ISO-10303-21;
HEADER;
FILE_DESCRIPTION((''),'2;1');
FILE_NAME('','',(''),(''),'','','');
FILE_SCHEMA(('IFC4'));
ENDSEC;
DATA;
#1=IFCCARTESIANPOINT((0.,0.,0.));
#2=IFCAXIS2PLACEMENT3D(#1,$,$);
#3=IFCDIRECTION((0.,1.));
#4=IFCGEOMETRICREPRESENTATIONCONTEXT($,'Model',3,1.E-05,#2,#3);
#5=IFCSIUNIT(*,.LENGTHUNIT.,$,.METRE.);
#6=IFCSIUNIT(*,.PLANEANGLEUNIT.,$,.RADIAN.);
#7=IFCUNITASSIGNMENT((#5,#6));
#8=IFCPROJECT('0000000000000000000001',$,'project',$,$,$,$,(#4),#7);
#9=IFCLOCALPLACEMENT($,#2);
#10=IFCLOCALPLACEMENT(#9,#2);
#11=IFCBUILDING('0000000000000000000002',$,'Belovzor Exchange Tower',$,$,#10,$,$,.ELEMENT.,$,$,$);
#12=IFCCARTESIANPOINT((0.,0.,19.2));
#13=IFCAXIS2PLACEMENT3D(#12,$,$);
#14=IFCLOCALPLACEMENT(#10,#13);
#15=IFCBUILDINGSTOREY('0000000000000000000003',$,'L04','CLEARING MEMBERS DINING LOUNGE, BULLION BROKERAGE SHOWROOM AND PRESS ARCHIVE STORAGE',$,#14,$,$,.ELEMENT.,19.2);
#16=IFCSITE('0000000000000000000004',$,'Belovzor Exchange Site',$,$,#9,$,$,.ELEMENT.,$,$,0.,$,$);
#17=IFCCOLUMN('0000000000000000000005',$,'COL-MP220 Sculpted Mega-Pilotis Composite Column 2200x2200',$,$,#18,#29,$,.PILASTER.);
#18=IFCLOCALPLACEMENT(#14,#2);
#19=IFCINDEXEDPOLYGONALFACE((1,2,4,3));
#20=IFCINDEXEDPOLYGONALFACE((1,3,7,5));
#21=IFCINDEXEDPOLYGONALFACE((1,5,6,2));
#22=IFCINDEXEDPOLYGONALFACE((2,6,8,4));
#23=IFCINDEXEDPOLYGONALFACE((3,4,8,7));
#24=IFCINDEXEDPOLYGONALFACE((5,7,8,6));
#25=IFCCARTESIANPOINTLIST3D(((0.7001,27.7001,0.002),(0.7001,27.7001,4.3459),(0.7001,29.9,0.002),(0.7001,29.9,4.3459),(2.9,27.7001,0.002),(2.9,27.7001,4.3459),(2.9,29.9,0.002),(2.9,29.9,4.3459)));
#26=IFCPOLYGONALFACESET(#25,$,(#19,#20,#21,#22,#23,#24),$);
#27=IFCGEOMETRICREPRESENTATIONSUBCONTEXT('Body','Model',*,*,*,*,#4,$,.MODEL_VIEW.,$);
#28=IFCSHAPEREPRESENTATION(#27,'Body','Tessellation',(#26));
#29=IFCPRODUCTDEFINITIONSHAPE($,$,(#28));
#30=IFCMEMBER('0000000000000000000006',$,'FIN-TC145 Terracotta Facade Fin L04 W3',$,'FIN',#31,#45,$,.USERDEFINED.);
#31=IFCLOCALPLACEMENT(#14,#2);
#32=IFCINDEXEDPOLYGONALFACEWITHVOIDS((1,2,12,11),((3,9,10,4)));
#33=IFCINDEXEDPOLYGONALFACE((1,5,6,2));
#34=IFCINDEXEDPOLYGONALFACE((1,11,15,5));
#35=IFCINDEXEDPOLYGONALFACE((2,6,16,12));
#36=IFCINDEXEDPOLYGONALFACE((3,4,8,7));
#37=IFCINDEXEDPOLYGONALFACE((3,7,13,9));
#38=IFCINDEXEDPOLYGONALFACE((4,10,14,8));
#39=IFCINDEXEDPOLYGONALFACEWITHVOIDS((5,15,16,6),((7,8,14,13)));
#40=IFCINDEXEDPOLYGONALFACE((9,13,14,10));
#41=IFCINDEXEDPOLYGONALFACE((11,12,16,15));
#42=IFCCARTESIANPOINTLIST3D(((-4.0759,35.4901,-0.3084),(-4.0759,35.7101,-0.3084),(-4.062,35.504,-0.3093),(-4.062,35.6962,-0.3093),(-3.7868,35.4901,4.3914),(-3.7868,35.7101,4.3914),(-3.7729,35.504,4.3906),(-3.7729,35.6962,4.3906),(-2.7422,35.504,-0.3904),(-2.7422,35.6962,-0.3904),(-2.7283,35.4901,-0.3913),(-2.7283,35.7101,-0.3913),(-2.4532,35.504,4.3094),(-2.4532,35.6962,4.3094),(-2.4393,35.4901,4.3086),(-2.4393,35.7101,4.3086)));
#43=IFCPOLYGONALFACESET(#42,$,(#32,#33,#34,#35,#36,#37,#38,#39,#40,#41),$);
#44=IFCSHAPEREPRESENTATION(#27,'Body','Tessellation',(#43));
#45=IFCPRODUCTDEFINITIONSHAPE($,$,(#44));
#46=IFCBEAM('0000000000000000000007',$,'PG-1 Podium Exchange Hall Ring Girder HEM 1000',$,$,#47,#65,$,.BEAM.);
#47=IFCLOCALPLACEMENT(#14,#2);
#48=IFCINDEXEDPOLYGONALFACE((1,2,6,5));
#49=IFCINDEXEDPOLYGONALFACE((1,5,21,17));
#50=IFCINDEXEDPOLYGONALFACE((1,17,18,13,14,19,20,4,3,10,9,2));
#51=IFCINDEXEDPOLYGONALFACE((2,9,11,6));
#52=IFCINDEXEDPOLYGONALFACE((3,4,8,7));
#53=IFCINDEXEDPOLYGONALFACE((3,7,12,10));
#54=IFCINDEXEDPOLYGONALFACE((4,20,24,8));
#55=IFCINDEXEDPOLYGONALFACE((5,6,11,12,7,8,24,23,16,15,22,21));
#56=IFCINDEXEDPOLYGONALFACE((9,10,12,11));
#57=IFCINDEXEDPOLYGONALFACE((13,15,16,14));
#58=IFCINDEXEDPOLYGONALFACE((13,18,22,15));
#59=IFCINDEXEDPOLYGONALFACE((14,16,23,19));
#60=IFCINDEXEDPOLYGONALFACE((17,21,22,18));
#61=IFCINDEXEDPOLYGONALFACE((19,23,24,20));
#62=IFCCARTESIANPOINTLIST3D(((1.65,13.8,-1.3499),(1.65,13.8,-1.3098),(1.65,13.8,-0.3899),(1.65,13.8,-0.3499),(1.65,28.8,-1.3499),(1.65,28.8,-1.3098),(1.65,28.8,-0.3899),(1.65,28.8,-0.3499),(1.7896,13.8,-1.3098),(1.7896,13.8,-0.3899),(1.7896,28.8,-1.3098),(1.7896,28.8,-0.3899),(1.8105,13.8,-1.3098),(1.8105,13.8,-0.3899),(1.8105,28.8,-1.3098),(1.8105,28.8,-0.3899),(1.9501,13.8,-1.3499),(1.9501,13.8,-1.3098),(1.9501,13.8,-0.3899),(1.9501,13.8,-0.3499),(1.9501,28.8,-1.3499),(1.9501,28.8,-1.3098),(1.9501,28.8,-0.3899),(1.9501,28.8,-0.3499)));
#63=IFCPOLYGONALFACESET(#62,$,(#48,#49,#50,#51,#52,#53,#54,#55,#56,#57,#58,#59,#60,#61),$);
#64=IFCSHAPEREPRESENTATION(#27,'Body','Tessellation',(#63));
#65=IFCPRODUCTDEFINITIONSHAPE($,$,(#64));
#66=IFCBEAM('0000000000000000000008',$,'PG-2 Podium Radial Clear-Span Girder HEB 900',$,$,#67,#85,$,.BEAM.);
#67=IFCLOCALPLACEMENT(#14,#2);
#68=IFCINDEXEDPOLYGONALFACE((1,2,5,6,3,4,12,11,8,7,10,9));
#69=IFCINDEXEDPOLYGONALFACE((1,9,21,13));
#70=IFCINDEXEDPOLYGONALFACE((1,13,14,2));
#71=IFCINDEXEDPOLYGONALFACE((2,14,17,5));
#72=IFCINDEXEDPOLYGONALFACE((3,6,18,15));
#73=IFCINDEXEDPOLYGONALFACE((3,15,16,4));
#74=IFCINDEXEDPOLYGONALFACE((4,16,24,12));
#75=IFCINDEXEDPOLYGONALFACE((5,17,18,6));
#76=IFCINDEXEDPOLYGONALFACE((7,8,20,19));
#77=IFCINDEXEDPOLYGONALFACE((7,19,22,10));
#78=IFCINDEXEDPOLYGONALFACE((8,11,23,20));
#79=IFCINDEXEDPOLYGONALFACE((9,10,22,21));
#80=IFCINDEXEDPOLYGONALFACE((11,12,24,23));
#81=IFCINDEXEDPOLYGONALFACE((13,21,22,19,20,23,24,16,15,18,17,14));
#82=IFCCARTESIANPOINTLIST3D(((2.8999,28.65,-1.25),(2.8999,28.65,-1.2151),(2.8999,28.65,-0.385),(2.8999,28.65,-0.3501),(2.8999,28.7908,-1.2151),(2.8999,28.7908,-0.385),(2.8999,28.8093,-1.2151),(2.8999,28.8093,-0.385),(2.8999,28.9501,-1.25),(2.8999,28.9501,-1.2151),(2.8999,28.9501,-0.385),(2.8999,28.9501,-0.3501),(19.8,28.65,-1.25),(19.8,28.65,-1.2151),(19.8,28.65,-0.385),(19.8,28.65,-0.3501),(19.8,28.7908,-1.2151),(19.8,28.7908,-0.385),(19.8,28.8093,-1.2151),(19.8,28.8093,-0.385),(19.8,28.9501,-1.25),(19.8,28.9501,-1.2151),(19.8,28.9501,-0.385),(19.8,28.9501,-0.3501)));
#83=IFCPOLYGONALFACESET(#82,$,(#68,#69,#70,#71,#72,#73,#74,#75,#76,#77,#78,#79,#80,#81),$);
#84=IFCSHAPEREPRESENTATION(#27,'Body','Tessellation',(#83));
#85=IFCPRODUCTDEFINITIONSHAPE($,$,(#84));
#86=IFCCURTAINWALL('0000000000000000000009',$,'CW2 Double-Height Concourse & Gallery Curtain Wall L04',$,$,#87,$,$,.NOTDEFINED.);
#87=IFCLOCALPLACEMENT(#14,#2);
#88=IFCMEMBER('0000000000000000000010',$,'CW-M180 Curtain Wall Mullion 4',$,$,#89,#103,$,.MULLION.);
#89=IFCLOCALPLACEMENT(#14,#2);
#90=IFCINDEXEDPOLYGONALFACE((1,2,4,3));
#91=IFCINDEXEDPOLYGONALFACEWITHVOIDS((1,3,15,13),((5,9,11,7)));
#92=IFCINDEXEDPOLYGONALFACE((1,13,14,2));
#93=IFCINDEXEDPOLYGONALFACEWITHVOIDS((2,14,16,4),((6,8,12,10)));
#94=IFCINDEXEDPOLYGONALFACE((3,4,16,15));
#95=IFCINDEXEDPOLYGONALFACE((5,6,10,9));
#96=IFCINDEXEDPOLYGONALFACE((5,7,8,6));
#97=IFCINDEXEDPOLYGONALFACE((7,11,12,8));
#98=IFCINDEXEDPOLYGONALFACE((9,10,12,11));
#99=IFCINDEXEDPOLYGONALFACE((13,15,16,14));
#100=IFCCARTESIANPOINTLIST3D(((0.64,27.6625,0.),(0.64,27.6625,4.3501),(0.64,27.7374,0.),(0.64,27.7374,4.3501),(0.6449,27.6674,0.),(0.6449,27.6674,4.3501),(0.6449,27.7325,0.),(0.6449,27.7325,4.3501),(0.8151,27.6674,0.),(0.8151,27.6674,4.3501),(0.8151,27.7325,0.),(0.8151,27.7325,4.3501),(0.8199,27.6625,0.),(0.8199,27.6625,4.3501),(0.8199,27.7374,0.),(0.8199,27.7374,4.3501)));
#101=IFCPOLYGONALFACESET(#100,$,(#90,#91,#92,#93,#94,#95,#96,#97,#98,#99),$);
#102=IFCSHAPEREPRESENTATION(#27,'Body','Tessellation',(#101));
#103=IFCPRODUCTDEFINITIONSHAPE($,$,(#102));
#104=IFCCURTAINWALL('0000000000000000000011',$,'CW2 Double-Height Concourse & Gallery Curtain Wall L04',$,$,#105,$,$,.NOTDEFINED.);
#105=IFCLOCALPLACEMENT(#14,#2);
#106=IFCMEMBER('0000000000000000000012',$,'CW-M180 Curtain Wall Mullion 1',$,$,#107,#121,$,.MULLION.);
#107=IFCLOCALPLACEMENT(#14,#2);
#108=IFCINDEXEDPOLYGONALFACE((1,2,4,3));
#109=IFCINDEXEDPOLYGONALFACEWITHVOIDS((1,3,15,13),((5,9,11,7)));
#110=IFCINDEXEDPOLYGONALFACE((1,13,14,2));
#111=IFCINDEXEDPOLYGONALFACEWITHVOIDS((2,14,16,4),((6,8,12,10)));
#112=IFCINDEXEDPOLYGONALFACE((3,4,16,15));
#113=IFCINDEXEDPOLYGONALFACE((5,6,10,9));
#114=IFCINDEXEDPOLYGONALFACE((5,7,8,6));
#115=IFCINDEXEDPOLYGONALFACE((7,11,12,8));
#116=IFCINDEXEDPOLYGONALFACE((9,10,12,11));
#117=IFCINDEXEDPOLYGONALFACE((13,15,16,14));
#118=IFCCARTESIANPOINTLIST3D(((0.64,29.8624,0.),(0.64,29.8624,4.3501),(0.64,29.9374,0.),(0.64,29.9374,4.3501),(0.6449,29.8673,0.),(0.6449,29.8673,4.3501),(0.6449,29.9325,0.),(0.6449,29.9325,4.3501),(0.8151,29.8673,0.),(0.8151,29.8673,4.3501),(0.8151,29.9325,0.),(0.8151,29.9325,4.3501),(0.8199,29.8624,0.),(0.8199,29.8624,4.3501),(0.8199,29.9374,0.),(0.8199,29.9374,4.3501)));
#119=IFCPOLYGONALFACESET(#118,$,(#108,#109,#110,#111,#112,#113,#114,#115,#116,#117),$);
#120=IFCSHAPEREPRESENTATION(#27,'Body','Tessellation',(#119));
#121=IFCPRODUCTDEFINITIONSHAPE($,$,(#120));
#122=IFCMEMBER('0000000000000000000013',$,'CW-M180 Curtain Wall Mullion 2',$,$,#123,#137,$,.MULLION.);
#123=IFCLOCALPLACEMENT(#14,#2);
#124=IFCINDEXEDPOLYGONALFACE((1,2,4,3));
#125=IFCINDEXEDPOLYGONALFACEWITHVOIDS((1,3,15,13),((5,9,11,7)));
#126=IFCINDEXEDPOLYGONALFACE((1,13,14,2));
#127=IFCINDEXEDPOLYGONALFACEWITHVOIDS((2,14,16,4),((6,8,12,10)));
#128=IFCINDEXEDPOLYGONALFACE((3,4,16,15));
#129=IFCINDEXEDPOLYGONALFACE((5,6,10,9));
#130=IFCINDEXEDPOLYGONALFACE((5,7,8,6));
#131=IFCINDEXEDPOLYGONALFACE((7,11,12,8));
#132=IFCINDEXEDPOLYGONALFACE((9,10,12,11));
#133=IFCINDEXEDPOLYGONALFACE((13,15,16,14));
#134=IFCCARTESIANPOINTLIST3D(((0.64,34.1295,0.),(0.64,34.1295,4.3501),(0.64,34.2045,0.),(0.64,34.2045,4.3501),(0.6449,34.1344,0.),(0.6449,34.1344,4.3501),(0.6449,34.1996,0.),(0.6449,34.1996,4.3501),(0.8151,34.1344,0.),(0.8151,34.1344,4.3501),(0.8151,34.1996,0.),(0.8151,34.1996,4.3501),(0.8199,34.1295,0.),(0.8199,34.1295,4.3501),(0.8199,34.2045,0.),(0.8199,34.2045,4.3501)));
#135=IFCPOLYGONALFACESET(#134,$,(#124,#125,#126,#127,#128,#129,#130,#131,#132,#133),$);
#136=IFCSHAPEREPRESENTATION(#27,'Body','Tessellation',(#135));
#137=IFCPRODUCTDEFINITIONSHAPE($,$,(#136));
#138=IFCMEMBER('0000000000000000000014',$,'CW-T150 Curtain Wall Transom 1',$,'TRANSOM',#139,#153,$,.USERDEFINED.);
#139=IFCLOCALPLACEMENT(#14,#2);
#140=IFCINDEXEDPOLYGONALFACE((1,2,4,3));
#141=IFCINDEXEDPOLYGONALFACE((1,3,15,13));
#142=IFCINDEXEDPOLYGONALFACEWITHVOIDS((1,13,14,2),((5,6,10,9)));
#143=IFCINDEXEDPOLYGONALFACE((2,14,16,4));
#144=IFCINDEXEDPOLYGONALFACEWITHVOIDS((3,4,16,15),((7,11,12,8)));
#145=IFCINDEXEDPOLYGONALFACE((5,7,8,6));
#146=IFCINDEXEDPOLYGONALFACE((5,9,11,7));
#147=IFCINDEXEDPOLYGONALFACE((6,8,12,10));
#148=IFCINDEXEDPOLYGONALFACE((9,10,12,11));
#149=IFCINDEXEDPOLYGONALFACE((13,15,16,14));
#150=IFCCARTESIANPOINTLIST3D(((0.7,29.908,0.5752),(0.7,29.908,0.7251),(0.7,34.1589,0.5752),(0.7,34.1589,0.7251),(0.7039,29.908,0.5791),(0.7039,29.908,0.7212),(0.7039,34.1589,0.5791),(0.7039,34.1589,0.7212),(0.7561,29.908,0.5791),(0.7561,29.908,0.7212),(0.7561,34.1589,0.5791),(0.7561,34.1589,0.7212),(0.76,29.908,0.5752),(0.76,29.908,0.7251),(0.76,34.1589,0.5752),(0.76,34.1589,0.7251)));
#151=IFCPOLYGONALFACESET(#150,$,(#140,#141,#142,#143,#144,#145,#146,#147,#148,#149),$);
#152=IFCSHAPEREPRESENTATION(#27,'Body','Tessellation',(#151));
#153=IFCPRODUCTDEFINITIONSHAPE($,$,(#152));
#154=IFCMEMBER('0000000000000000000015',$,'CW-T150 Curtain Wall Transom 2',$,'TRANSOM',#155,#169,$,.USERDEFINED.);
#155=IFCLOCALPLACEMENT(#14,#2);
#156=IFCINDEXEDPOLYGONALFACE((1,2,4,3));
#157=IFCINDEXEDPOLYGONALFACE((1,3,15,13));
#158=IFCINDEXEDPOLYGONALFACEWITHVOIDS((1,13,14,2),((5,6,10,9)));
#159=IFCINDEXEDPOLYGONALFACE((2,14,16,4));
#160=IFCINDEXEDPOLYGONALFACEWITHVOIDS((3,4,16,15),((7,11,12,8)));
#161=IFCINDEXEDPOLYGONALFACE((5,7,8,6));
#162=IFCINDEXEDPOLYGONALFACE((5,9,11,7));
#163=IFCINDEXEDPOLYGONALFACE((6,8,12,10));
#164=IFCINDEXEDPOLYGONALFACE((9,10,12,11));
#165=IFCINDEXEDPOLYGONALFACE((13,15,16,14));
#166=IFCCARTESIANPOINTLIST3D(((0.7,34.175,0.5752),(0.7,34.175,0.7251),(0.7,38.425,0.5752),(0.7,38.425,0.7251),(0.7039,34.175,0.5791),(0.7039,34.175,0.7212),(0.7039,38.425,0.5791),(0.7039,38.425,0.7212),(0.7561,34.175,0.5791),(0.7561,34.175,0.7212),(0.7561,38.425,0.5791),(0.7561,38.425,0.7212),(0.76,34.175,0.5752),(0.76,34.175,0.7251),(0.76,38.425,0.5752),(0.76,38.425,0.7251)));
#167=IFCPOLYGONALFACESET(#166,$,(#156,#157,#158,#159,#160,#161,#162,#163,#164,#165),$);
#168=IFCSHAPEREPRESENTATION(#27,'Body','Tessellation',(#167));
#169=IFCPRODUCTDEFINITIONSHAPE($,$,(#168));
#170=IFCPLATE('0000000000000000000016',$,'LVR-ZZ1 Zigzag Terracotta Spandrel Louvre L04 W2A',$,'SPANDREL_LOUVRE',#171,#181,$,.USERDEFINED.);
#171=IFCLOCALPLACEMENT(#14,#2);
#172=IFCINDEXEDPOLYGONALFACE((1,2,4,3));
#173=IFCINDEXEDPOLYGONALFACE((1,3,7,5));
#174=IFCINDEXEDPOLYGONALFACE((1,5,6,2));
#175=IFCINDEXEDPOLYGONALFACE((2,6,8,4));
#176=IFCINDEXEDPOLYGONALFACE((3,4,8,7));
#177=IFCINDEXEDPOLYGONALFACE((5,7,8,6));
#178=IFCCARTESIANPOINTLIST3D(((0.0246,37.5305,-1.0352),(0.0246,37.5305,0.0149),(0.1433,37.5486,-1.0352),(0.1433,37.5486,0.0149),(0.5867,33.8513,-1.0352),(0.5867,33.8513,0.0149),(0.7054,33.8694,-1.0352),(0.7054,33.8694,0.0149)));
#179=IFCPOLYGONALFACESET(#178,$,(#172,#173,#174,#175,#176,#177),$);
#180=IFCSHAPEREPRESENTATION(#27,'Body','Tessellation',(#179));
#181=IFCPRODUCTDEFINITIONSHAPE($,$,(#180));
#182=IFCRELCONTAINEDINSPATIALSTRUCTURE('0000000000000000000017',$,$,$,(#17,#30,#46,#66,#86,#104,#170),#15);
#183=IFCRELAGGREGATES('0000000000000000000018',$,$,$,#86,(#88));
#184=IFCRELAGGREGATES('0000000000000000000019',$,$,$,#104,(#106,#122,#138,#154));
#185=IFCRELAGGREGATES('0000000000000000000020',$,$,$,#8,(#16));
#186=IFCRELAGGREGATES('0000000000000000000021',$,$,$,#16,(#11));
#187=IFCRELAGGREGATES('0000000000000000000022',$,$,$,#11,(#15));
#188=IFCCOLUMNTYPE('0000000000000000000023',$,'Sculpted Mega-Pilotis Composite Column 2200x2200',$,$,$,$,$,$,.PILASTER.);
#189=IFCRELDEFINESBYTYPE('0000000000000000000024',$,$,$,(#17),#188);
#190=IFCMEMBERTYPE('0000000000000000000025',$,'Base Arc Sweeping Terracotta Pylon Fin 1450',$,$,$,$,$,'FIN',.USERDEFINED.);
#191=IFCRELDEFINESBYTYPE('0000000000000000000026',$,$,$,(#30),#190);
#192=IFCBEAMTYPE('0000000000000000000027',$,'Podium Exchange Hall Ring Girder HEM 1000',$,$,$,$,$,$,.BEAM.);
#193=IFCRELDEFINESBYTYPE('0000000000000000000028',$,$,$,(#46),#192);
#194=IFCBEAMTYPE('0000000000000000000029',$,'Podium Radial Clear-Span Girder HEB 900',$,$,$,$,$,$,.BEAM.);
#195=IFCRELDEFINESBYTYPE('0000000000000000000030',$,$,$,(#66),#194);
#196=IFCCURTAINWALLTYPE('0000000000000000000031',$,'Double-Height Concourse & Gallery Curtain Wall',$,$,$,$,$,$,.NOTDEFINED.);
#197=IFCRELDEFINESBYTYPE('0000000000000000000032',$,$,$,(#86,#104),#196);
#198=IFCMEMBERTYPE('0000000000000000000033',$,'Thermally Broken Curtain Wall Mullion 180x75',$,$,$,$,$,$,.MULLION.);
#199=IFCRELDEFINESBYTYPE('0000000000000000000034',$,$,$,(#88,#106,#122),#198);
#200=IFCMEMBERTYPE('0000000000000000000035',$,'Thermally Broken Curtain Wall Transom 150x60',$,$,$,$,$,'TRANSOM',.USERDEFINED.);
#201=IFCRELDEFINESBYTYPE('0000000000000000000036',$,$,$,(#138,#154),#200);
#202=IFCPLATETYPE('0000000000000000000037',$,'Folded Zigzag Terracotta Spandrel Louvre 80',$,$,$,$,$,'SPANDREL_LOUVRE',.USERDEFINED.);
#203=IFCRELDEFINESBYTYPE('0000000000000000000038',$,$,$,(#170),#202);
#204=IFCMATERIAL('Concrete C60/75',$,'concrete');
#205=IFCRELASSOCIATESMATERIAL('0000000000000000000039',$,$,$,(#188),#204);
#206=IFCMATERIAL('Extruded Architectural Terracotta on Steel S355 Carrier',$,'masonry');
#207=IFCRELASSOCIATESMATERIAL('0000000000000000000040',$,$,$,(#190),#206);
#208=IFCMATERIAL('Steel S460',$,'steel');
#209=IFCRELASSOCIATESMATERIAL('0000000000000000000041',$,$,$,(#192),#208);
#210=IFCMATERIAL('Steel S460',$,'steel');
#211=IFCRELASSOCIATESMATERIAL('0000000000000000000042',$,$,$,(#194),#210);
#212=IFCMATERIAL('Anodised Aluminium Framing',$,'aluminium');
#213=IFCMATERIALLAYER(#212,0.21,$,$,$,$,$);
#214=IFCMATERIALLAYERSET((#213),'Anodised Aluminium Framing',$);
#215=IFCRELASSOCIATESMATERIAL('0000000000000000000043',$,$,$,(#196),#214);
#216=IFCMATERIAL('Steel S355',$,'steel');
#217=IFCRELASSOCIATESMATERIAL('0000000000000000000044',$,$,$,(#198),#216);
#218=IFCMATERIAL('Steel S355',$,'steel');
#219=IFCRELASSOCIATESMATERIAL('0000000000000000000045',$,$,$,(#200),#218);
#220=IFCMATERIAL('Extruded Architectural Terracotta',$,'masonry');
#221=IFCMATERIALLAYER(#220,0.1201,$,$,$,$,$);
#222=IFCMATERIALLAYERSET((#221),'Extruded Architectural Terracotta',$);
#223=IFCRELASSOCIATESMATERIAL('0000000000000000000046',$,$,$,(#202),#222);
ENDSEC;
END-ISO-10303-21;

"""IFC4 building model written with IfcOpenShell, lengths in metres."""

from ifc_helpers import new_model, si_unit, direction, frame, origin, origin_2d, place, context, subcontext, project, spatial, rectangle, hollow_rectangle, i_section, extrude, material, layer, layer_set, material_profile, profile_set, type_object, element, aggregate, save


model = new_model("IFC4")

# Units and contexts
model_context = context("Model", 3, precision=1e-05, world=origin(), true_north=direction((0.0, 1.0)))
body_context = subcontext(model_context, "Body", "Model", "MODEL_VIEW")
ifc_project = project(units=[si_unit("LENGTHUNIT", "METRE"), si_unit("PLANEANGLEUNIT", "RADIAN")], contexts=[model_context])

# Site, building, storey
site_placement = place(None, origin())
site = spatial("IfcSite", under=ifc_project, at=site_placement, Name="Belovzor Exchange Site", CompositionType="ELEMENT", RefElevation=0.0)
building_placement = place(site_placement, origin())
building = spatial("IfcBuilding", under=site, at=building_placement, Name="Belovzor Exchange Tower", CompositionType="ELEMENT")
storey_placement = place(building_placement, frame((0.0, 0.0, 19.2)))
storey = spatial("IfcBuildingStorey", under=building, at=storey_placement, Name="L04", Description="CLEARING MEMBERS DINING LOUNGE, BULLION BROKERAGE SHOWROOM AND PRESS ARCHIVE STORAGE", CompositionType="ELEMENT", Elevation=19.2)

# Column
ifc_material_1 = material(Name="Concrete C60/75", Category="concrete")
ifc_material_profile_1 = material_profile(ifc_material_1, rectangle(XDim=2.2, YDim=2.2, at=origin_2d()))
ifc_profile_set_1 = profile_set([ifc_material_profile_1], Name="Concrete C60/75")
column_type = type_object("IfcColumnType", Name="Sculpted Mega-Pilotis Composite Column 2200x2200", PredefinedType="PILASTER", material=ifc_profile_set_1)
column_placement = place(storey_placement, frame((1.8, 28.8, 0.002), z_axis=(0.0, 0.0, 1.0), x_axis=(1.0, 0.0, 0.0)))
element("IfcColumn", 1, at=column_placement, inside=storey, type_object=column_type, Name="COL-MP220 Sculpted Mega-Pilotis Composite Column 2200x2200", PredefinedType="PILASTER", context=body_context, shape_type="SweptSolid", body=[
    extrude(rectangle(XDim=2.2, YDim=2.2, at=origin_2d()), origin(), (0.0, 0.0, 1.0), 4.344),
])

# Member
ifc_material_2 = material(Name="Extruded Architectural Terracotta on Steel S355 Carrier", Category="masonry")
ifc_material_profile_2 = material_profile(ifc_material_2, hollow_rectangle(XDim=0.22, YDim=1.3501, WallThickness=0.0139, at=origin_2d()))
ifc_profile_set_2 = profile_set([ifc_material_profile_2], Name="Extruded Architectural Terracotta on Steel S355 Carrier")
member_type_1 = type_object("IfcMemberType", Name="Base Arc Sweeping Terracotta Pylon Fin 1450", ElementType="FIN", PredefinedType="USERDEFINED", material=ifc_profile_set_2)
member_1_placement = place(storey_placement, frame((-3.4021, 35.6001, -0.3499), z_axis=(0.061387, 0.0, 0.998114), x_axis=(0.0, 1.0, 0.0)))
element("IfcMember", 2, at=member_1_placement, inside=storey, type_object=member_type_1, Name="FIN-TC145 Terracotta Facade Fin L04 W3", ObjectType="FIN", PredefinedType="USERDEFINED", context=body_context, shape_type="SweptSolid", body=[
    extrude(hollow_rectangle(XDim=0.22, YDim=1.3501, WallThickness=0.0139, at=origin_2d()), origin(), (0.0, 0.0, 1.0), 4.7087),
])

# Beams
ifc_material_3 = material(Name="Steel S460", Category="steel")
ifc_material_profile_3 = material_profile(ifc_material_3, i_section(OverallWidth=0.3, OverallDepth=1.0, WebThickness=0.021, FlangeThickness=0.04, at=origin_2d()))
ifc_profile_set_3 = profile_set([ifc_material_profile_3], Name="Steel S460")
beam_type_1 = type_object("IfcBeamType", Name="Podium Exchange Hall Ring Girder HEM 1000", PredefinedType="BEAM", material=ifc_profile_set_3)
beam_1_placement = place(storey_placement, frame((1.8, 28.8, -0.8499), z_axis=(0.0, -1.0, 0.0), x_axis=(1.0, 0.0, 0.0)))
element("IfcBeam", 3, at=beam_1_placement, inside=storey, type_object=beam_type_1, Name="PG-1 Podium Exchange Hall Ring Girder HEM 1000", PredefinedType="BEAM", context=body_context, shape_type="SweptSolid", body=[
    extrude(i_section(OverallWidth=0.3, OverallDepth=1.0, WebThickness=0.021, FlangeThickness=0.04, at=origin_2d()), origin(), (0.0, 0.0, 1.0), 15.0),
])
ifc_material_4 = material(Name="Steel S460", Category="steel")
ifc_material_profile_4 = material_profile(ifc_material_4, i_section(OverallWidth=0.3, OverallDepth=0.8999, WebThickness=0.0186, FlangeThickness=0.0349, at=origin_2d()))
ifc_profile_set_4 = profile_set([ifc_material_profile_4], Name="Steel S460")
beam_type_2 = type_object("IfcBeamType", Name="Podium Radial Clear-Span Girder HEB 900", PredefinedType="BEAM", material=ifc_profile_set_4)
beam_2_placement = place(storey_placement, frame((19.8, 28.8, -0.8), z_axis=(-1.0, 0.0, 0.0), x_axis=(0.0, -1.0, 0.0)))
element("IfcBeam", 4, at=beam_2_placement, inside=storey, type_object=beam_type_2, Name="PG-2 Podium Radial Clear-Span Girder HEB 900", PredefinedType="BEAM", context=body_context, shape_type="SweptSolid", body=[
    extrude(i_section(OverallWidth=0.3, OverallDepth=0.8999, WebThickness=0.0186, FlangeThickness=0.0349, at=origin_2d()), origin(), (0.0, 0.0, 1.0), 16.9001),
])

# Curtain wall, member
ifc_material_5 = material(Name="Anodised Aluminium Framing", Category="aluminium")
ifc_layer_1 = layer(ifc_material_5, 0.21)
ifc_layer_set_1 = layer_set([ifc_layer_1], Name="Anodised Aluminium Framing")
curtain_wall_type = type_object("IfcCurtainWallType", Name="Double-Height Concourse & Gallery Curtain Wall", PredefinedType="NOTDEFINED", material=ifc_layer_set_1)
curtain_wall_1_placement = place(storey_placement, origin())
curtain_wall_1 = element("IfcCurtainWall", 5, at=curtain_wall_1_placement, inside=storey, type_object=curtain_wall_type, Name="CW2 Double-Height Concourse & Gallery Curtain Wall L04", PredefinedType="NOTDEFINED")
ifc_material_6 = material(Name="Steel S355", Category="steel")
ifc_material_profile_5 = material_profile(ifc_material_6, hollow_rectangle(XDim=0.075, YDim=0.1799, WallThickness=0.0049, at=origin_2d()))
ifc_profile_set_5 = profile_set([ifc_material_profile_5], Name="Steel S355")
member_type_2 = type_object("IfcMemberType", Name="Thermally Broken Curtain Wall Mullion 180x75", PredefinedType="MULLION", material=ifc_profile_set_5)
member_2_placement = place(storey_placement, frame((0.73, 27.7, 0.0), z_axis=(0.0, 0.0, 1.0), x_axis=(0.0, 1.0, 0.0)))
member_2 = element("IfcMember", 6, at=member_2_placement, type_object=member_type_2, Name="CW-M180 Curtain Wall Mullion 4", PredefinedType="MULLION", context=body_context, shape_type="SweptSolid", body=[
    extrude(hollow_rectangle(XDim=0.075, YDim=0.1799, WallThickness=0.0049, at=origin_2d()), origin(), (0.0, 0.0, 1.0), 4.3501),
])

# Curtain wall, members
curtain_wall_2_placement = place(storey_placement, origin())
curtain_wall_2 = element("IfcCurtainWall", 7, at=curtain_wall_2_placement, inside=storey, type_object=curtain_wall_type, Name="CW2 Double-Height Concourse & Gallery Curtain Wall L04", PredefinedType="NOTDEFINED")
member_3_placement = place(storey_placement, frame((0.73, 29.8999, 0.0), z_axis=(0.0, 0.0, 1.0), x_axis=(0.0, 1.0, 0.0)))
member_3 = element("IfcMember", 8, at=member_3_placement, type_object=member_type_2, Name="CW-M180 Curtain Wall Mullion 1", PredefinedType="MULLION", context=body_context, shape_type="SweptSolid", body=[
    extrude(hollow_rectangle(XDim=0.075, YDim=0.1799, WallThickness=0.0049, at=origin_2d()), origin(), (0.0, 0.0, 1.0), 4.3501),
])
member_4_placement = place(storey_placement, frame((0.73, 34.167, 0.0), z_axis=(0.0, 0.0, 1.0), x_axis=(0.0, 1.0, 0.0)))
member_4 = element("IfcMember", 9, at=member_4_placement, type_object=member_type_2, Name="CW-M180 Curtain Wall Mullion 2", PredefinedType="MULLION", context=body_context, shape_type="SweptSolid", body=[
    extrude(hollow_rectangle(XDim=0.075, YDim=0.1799, WallThickness=0.0049, at=origin_2d()), origin(), (0.0, 0.0, 1.0), 4.3501),
])
ifc_material_7 = material(Name="Steel S355", Category="steel")
ifc_material_profile_6 = material_profile(ifc_material_7, hollow_rectangle(XDim=0.0601, YDim=0.1499, WallThickness=0.0039, at=origin_2d()))
ifc_profile_set_6 = profile_set([ifc_material_profile_6], Name="Steel S355")
member_type_3 = type_object("IfcMemberType", Name="Thermally Broken Curtain Wall Transom 150x60", ElementType="TRANSOM", PredefinedType="USERDEFINED", material=ifc_profile_set_6)
member_5_placement = place(storey_placement, frame((0.73, 29.908, 0.6501), z_axis=(0.0, 1.0, 0.0), x_axis=(-1.0, 0.0, 0.0)))
member_5 = element("IfcMember", 10, at=member_5_placement, type_object=member_type_3, Name="CW-T150 Curtain Wall Transom 1", ObjectType="TRANSOM", PredefinedType="USERDEFINED", context=body_context, shape_type="SweptSolid", body=[
    extrude(hollow_rectangle(XDim=0.0601, YDim=0.1499, WallThickness=0.0039, at=origin_2d()), origin(), (0.0, 0.0, 1.0), 4.251),
])
member_6_placement = place(storey_placement, frame((0.73, 34.175, 0.6501), z_axis=(0.0, 1.0, 0.0), x_axis=(-1.0, 0.0, 0.0)))
member_6 = element("IfcMember", 11, at=member_6_placement, type_object=member_type_3, Name="CW-T150 Curtain Wall Transom 2", ObjectType="TRANSOM", PredefinedType="USERDEFINED", context=body_context, shape_type="SweptSolid", body=[
    extrude(hollow_rectangle(XDim=0.0601, YDim=0.1499, WallThickness=0.0039, at=origin_2d()), origin(), (0.0, 0.0, 1.0), 4.25),
])

# Plate
ifc_material_8 = material(Name="Extruded Architectural Terracotta", Category="masonry")
ifc_layer_2 = layer(ifc_material_8, 0.1201)
ifc_layer_set_2 = layer_set([ifc_layer_2], Name="Extruded Architectural Terracotta")
plate_type_1 = type_object("IfcPlateType", Name="Folded Zigzag Terracotta Spandrel Louvre 80", ElementType="SPANDREL_LOUVRE", PredefinedType="USERDEFINED", material=ifc_layer_set_2)
plate_1_placement = place(storey_placement, frame((0.365, 35.7, -1.0352), z_axis=(0.0, 0.0, 1.0), x_axis=(-0.151019, 0.988531, 0.0)))
element("IfcPlate", 12, at=plate_1_placement, inside=storey, type_object=plate_type_1, Name="LVR-ZZ1 Zigzag Terracotta Spandrel Louvre L04 W2A", ObjectType="SPANDREL_LOUVRE", PredefinedType="USERDEFINED", context=body_context, shape_type="SweptSolid", body=[
    extrude(rectangle(XDim=3.7219, YDim=0.1201, at=origin_2d()), origin(), (0.0, 0.0, 1.0), 1.05),
])
aggregate(curtain_wall_1, [member_2])
aggregate(curtain_wall_2, [member_3, member_4, member_5, member_6])

save(model, "model.ifc")
